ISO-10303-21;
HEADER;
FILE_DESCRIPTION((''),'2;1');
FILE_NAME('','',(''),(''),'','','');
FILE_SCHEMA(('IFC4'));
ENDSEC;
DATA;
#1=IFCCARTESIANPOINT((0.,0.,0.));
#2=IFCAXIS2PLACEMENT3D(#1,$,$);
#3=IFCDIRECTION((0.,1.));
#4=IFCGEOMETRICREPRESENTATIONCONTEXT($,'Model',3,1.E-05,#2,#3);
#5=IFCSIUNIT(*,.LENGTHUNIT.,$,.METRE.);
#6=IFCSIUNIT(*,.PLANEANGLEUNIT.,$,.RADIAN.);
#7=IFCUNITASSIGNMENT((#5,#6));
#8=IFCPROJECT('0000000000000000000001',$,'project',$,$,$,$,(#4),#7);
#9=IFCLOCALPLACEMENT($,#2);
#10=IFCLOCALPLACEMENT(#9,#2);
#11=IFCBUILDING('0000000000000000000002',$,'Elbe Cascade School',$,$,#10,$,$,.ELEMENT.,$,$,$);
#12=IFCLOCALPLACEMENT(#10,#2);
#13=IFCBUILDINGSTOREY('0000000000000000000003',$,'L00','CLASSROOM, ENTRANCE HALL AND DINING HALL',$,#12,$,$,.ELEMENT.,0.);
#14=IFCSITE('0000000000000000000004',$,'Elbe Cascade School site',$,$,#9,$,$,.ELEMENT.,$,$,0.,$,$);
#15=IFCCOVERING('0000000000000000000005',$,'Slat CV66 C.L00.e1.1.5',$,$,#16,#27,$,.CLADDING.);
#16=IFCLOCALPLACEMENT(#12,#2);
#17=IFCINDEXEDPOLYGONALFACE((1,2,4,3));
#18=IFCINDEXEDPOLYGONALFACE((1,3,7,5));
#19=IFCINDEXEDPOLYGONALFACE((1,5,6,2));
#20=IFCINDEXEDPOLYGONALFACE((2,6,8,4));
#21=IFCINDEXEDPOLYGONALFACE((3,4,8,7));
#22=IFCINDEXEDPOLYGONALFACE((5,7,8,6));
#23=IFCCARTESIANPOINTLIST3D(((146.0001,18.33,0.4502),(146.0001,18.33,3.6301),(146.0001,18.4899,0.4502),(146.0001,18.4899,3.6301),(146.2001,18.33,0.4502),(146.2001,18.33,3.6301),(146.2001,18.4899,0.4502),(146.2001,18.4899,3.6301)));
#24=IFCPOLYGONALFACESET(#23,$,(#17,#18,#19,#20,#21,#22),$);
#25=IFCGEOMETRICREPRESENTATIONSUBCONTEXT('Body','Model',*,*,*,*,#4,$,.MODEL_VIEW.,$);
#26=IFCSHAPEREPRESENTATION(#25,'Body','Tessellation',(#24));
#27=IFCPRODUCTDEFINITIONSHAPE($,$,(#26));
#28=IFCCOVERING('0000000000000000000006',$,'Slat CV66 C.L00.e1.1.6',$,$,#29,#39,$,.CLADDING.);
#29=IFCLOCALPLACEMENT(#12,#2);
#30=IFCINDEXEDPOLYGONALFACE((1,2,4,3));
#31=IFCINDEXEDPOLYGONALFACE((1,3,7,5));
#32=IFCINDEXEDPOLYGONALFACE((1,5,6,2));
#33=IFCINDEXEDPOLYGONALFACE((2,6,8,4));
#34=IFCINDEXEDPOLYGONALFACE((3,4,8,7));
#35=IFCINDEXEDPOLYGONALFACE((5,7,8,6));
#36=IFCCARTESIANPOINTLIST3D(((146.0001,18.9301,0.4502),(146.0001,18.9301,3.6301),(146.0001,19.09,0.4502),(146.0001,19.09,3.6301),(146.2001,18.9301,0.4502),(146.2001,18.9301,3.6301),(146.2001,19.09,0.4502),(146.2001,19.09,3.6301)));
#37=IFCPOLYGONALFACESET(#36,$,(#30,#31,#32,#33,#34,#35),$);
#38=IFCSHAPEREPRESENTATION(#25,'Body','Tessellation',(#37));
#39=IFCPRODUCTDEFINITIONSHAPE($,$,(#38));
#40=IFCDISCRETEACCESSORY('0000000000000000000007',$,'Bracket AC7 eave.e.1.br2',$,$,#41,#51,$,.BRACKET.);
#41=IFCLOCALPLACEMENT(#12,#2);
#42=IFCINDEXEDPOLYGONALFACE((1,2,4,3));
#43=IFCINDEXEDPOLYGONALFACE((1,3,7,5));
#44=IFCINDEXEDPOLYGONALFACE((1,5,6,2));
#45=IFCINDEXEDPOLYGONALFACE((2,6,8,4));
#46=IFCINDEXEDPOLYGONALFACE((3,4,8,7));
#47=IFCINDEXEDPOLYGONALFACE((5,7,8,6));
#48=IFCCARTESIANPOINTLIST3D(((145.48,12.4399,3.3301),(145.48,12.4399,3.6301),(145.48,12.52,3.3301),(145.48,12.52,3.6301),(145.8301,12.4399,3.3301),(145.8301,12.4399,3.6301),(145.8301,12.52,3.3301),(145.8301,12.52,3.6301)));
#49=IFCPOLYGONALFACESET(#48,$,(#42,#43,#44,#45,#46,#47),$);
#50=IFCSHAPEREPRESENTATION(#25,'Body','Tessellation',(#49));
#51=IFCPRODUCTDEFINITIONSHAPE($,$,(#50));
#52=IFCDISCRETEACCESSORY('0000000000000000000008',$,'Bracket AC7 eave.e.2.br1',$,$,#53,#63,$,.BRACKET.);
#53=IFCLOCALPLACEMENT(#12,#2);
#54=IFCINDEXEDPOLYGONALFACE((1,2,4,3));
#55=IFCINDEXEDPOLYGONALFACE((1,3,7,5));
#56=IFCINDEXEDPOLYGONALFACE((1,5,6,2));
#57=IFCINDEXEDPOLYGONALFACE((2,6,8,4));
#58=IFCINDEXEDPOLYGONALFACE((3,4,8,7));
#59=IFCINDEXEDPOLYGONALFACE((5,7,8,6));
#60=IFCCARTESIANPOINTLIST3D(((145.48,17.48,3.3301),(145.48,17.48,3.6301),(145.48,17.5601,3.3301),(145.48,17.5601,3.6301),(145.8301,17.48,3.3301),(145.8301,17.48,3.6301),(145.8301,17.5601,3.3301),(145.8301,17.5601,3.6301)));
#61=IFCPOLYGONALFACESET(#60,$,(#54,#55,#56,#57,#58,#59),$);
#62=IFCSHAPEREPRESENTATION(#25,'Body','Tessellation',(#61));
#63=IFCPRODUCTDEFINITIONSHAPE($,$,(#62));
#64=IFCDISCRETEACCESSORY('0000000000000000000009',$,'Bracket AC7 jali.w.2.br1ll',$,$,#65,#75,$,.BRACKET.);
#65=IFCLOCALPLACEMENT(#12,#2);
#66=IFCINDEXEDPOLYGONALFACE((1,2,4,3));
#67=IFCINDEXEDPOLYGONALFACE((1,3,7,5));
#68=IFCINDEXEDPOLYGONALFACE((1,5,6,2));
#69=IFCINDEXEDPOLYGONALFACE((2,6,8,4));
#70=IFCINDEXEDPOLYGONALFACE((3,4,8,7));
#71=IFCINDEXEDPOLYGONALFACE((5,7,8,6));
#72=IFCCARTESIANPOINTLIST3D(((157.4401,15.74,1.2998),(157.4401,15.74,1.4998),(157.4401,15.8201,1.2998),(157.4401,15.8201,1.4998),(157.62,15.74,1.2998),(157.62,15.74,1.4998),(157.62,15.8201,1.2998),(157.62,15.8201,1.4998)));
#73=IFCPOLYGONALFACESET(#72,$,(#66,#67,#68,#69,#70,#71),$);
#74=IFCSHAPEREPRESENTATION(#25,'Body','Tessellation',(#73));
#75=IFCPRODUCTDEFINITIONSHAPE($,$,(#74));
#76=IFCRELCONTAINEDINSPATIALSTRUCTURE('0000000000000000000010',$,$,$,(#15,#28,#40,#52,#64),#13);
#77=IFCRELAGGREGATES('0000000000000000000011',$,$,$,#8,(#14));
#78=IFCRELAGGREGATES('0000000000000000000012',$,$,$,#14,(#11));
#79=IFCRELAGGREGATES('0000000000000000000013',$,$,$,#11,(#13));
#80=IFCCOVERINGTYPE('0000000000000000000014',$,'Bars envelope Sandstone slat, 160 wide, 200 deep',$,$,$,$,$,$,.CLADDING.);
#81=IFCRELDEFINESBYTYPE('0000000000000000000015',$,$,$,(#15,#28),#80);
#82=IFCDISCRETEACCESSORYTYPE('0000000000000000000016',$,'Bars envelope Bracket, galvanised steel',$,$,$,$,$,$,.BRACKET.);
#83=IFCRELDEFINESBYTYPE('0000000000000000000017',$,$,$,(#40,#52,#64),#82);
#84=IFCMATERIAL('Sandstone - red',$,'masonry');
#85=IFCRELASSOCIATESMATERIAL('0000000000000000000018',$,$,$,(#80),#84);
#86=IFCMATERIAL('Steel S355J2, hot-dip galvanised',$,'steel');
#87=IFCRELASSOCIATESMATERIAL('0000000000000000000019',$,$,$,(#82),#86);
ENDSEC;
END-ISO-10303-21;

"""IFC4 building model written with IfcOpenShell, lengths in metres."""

from ifc_helpers import new_model, si_unit, direction, frame, origin, origin_2d, place, context, subcontext, project, spatial, rectangle, extrude, material, type_object, element, save


model = new_model("IFC4")

# Units and contexts
model_context = context("Model", 3, precision=1e-05, world=origin(), true_north=direction((0.0, 1.0)))
body_context = subcontext(model_context, "Body", "Model", "MODEL_VIEW")
ifc_project = project(units=[si_unit("LENGTHUNIT", "METRE"), si_unit("PLANEANGLEUNIT", "RADIAN")], contexts=[model_context])

# Site, building, storey
site_placement = place(None, origin())
site = spatial("IfcSite", under=ifc_project, at=site_placement, Name="Elbe Cascade School site", CompositionType="ELEMENT", RefElevation=0.0)
building_placement = place(site_placement, origin())
building = spatial("IfcBuilding", under=site, at=building_placement, Name="Elbe Cascade School", CompositionType="ELEMENT")
storey_placement = place(building_placement, origin())
storey = spatial("IfcBuildingStorey", under=building, at=storey_placement, Name="L00", Description="CLASSROOM, ENTRANCE HALL AND DINING HALL", CompositionType="ELEMENT", Elevation=0.0)

# Coverings
ifc_material_1 = material(Name="Sandstone - red", Category="masonry")
covering_type_1 = type_object("IfcCoveringType", Name="Bars envelope Sandstone slat, 160 wide, 200 deep", PredefinedType="CLADDING", material=ifc_material_1)
for number, where, z_axis, x_axis, name in (
    (1, (146.1001, 18.4099, 0.4502), (0.0, 0.0, 1.0), (0.0, 1.0, 0.0), "Slat CV66 C.L00.e1.1.5"),
    (2, (146.1001, 19.01, 0.4502), (0.0, 0.0, 1.0), (0.0, 1.0, 0.0), "Slat CV66 C.L00.e1.1.6"),
):
    element("IfcCovering", number, at=place(storey_placement, frame(where, z_axis=z_axis, x_axis=x_axis)), inside=storey, type_object=covering_type_1, Name=name, PredefinedType="CLADDING", context=body_context, shape_type="SweptSolid", body=[
        extrude(rectangle(XDim=0.1599, YDim=0.2, at=origin_2d()), origin(), (0.0, 0.0, 1.0), 3.1799),
    ])

# Discrete accessories
ifc_material_2 = material(Name="Steel S355J2, hot-dip galvanised", Category="steel")
discrete_accessory_type = type_object("IfcDiscreteAccessoryType", Name="Bars envelope Bracket, galvanised steel", PredefinedType="BRACKET", material=ifc_material_2)
for number, where, z_axis, x_axis, name in (
    (3, (145.655, 12.48, 3.3301), (0.0, 0.0, 1.0), (0.0, 1.0, 0.0), "Bracket AC7 eave.e.1.br2"),
    (4, (145.655, 17.52, 3.3301), (0.0, 0.0, 1.0), (0.0, 1.0, 0.0), "Bracket AC7 eave.e.2.br1"),
):
    element("IfcDiscreteAccessory", number, at=place(storey_placement, frame(where, z_axis=z_axis, x_axis=x_axis)), inside=storey, type_object=discrete_accessory_type, Name=name, PredefinedType="BRACKET", context=body_context, shape_type="SweptSolid", body=[
        extrude(rectangle(XDim=0.0801, YDim=0.3501, at=origin_2d()), origin(), (0.0, 0.0, 1.0), 0.3),
    ])
discrete_accessory_placement = place(storey_placement, frame((157.53, 15.78, 1.2998), z_axis=(0.0, 0.0, 1.0), x_axis=(0.0, 1.0, 0.0)))
element("IfcDiscreteAccessory", 5, at=discrete_accessory_placement, inside=storey, type_object=discrete_accessory_type, Name="Bracket AC7 jali.w.2.br1ll", PredefinedType="BRACKET", context=body_context, shape_type="SweptSolid", body=[
    extrude(rectangle(XDim=0.0801, YDim=0.1799, at=origin_2d()), origin(), (0.0, 0.0, 1.0), 0.2),
])

save(model, "model.ifc")
